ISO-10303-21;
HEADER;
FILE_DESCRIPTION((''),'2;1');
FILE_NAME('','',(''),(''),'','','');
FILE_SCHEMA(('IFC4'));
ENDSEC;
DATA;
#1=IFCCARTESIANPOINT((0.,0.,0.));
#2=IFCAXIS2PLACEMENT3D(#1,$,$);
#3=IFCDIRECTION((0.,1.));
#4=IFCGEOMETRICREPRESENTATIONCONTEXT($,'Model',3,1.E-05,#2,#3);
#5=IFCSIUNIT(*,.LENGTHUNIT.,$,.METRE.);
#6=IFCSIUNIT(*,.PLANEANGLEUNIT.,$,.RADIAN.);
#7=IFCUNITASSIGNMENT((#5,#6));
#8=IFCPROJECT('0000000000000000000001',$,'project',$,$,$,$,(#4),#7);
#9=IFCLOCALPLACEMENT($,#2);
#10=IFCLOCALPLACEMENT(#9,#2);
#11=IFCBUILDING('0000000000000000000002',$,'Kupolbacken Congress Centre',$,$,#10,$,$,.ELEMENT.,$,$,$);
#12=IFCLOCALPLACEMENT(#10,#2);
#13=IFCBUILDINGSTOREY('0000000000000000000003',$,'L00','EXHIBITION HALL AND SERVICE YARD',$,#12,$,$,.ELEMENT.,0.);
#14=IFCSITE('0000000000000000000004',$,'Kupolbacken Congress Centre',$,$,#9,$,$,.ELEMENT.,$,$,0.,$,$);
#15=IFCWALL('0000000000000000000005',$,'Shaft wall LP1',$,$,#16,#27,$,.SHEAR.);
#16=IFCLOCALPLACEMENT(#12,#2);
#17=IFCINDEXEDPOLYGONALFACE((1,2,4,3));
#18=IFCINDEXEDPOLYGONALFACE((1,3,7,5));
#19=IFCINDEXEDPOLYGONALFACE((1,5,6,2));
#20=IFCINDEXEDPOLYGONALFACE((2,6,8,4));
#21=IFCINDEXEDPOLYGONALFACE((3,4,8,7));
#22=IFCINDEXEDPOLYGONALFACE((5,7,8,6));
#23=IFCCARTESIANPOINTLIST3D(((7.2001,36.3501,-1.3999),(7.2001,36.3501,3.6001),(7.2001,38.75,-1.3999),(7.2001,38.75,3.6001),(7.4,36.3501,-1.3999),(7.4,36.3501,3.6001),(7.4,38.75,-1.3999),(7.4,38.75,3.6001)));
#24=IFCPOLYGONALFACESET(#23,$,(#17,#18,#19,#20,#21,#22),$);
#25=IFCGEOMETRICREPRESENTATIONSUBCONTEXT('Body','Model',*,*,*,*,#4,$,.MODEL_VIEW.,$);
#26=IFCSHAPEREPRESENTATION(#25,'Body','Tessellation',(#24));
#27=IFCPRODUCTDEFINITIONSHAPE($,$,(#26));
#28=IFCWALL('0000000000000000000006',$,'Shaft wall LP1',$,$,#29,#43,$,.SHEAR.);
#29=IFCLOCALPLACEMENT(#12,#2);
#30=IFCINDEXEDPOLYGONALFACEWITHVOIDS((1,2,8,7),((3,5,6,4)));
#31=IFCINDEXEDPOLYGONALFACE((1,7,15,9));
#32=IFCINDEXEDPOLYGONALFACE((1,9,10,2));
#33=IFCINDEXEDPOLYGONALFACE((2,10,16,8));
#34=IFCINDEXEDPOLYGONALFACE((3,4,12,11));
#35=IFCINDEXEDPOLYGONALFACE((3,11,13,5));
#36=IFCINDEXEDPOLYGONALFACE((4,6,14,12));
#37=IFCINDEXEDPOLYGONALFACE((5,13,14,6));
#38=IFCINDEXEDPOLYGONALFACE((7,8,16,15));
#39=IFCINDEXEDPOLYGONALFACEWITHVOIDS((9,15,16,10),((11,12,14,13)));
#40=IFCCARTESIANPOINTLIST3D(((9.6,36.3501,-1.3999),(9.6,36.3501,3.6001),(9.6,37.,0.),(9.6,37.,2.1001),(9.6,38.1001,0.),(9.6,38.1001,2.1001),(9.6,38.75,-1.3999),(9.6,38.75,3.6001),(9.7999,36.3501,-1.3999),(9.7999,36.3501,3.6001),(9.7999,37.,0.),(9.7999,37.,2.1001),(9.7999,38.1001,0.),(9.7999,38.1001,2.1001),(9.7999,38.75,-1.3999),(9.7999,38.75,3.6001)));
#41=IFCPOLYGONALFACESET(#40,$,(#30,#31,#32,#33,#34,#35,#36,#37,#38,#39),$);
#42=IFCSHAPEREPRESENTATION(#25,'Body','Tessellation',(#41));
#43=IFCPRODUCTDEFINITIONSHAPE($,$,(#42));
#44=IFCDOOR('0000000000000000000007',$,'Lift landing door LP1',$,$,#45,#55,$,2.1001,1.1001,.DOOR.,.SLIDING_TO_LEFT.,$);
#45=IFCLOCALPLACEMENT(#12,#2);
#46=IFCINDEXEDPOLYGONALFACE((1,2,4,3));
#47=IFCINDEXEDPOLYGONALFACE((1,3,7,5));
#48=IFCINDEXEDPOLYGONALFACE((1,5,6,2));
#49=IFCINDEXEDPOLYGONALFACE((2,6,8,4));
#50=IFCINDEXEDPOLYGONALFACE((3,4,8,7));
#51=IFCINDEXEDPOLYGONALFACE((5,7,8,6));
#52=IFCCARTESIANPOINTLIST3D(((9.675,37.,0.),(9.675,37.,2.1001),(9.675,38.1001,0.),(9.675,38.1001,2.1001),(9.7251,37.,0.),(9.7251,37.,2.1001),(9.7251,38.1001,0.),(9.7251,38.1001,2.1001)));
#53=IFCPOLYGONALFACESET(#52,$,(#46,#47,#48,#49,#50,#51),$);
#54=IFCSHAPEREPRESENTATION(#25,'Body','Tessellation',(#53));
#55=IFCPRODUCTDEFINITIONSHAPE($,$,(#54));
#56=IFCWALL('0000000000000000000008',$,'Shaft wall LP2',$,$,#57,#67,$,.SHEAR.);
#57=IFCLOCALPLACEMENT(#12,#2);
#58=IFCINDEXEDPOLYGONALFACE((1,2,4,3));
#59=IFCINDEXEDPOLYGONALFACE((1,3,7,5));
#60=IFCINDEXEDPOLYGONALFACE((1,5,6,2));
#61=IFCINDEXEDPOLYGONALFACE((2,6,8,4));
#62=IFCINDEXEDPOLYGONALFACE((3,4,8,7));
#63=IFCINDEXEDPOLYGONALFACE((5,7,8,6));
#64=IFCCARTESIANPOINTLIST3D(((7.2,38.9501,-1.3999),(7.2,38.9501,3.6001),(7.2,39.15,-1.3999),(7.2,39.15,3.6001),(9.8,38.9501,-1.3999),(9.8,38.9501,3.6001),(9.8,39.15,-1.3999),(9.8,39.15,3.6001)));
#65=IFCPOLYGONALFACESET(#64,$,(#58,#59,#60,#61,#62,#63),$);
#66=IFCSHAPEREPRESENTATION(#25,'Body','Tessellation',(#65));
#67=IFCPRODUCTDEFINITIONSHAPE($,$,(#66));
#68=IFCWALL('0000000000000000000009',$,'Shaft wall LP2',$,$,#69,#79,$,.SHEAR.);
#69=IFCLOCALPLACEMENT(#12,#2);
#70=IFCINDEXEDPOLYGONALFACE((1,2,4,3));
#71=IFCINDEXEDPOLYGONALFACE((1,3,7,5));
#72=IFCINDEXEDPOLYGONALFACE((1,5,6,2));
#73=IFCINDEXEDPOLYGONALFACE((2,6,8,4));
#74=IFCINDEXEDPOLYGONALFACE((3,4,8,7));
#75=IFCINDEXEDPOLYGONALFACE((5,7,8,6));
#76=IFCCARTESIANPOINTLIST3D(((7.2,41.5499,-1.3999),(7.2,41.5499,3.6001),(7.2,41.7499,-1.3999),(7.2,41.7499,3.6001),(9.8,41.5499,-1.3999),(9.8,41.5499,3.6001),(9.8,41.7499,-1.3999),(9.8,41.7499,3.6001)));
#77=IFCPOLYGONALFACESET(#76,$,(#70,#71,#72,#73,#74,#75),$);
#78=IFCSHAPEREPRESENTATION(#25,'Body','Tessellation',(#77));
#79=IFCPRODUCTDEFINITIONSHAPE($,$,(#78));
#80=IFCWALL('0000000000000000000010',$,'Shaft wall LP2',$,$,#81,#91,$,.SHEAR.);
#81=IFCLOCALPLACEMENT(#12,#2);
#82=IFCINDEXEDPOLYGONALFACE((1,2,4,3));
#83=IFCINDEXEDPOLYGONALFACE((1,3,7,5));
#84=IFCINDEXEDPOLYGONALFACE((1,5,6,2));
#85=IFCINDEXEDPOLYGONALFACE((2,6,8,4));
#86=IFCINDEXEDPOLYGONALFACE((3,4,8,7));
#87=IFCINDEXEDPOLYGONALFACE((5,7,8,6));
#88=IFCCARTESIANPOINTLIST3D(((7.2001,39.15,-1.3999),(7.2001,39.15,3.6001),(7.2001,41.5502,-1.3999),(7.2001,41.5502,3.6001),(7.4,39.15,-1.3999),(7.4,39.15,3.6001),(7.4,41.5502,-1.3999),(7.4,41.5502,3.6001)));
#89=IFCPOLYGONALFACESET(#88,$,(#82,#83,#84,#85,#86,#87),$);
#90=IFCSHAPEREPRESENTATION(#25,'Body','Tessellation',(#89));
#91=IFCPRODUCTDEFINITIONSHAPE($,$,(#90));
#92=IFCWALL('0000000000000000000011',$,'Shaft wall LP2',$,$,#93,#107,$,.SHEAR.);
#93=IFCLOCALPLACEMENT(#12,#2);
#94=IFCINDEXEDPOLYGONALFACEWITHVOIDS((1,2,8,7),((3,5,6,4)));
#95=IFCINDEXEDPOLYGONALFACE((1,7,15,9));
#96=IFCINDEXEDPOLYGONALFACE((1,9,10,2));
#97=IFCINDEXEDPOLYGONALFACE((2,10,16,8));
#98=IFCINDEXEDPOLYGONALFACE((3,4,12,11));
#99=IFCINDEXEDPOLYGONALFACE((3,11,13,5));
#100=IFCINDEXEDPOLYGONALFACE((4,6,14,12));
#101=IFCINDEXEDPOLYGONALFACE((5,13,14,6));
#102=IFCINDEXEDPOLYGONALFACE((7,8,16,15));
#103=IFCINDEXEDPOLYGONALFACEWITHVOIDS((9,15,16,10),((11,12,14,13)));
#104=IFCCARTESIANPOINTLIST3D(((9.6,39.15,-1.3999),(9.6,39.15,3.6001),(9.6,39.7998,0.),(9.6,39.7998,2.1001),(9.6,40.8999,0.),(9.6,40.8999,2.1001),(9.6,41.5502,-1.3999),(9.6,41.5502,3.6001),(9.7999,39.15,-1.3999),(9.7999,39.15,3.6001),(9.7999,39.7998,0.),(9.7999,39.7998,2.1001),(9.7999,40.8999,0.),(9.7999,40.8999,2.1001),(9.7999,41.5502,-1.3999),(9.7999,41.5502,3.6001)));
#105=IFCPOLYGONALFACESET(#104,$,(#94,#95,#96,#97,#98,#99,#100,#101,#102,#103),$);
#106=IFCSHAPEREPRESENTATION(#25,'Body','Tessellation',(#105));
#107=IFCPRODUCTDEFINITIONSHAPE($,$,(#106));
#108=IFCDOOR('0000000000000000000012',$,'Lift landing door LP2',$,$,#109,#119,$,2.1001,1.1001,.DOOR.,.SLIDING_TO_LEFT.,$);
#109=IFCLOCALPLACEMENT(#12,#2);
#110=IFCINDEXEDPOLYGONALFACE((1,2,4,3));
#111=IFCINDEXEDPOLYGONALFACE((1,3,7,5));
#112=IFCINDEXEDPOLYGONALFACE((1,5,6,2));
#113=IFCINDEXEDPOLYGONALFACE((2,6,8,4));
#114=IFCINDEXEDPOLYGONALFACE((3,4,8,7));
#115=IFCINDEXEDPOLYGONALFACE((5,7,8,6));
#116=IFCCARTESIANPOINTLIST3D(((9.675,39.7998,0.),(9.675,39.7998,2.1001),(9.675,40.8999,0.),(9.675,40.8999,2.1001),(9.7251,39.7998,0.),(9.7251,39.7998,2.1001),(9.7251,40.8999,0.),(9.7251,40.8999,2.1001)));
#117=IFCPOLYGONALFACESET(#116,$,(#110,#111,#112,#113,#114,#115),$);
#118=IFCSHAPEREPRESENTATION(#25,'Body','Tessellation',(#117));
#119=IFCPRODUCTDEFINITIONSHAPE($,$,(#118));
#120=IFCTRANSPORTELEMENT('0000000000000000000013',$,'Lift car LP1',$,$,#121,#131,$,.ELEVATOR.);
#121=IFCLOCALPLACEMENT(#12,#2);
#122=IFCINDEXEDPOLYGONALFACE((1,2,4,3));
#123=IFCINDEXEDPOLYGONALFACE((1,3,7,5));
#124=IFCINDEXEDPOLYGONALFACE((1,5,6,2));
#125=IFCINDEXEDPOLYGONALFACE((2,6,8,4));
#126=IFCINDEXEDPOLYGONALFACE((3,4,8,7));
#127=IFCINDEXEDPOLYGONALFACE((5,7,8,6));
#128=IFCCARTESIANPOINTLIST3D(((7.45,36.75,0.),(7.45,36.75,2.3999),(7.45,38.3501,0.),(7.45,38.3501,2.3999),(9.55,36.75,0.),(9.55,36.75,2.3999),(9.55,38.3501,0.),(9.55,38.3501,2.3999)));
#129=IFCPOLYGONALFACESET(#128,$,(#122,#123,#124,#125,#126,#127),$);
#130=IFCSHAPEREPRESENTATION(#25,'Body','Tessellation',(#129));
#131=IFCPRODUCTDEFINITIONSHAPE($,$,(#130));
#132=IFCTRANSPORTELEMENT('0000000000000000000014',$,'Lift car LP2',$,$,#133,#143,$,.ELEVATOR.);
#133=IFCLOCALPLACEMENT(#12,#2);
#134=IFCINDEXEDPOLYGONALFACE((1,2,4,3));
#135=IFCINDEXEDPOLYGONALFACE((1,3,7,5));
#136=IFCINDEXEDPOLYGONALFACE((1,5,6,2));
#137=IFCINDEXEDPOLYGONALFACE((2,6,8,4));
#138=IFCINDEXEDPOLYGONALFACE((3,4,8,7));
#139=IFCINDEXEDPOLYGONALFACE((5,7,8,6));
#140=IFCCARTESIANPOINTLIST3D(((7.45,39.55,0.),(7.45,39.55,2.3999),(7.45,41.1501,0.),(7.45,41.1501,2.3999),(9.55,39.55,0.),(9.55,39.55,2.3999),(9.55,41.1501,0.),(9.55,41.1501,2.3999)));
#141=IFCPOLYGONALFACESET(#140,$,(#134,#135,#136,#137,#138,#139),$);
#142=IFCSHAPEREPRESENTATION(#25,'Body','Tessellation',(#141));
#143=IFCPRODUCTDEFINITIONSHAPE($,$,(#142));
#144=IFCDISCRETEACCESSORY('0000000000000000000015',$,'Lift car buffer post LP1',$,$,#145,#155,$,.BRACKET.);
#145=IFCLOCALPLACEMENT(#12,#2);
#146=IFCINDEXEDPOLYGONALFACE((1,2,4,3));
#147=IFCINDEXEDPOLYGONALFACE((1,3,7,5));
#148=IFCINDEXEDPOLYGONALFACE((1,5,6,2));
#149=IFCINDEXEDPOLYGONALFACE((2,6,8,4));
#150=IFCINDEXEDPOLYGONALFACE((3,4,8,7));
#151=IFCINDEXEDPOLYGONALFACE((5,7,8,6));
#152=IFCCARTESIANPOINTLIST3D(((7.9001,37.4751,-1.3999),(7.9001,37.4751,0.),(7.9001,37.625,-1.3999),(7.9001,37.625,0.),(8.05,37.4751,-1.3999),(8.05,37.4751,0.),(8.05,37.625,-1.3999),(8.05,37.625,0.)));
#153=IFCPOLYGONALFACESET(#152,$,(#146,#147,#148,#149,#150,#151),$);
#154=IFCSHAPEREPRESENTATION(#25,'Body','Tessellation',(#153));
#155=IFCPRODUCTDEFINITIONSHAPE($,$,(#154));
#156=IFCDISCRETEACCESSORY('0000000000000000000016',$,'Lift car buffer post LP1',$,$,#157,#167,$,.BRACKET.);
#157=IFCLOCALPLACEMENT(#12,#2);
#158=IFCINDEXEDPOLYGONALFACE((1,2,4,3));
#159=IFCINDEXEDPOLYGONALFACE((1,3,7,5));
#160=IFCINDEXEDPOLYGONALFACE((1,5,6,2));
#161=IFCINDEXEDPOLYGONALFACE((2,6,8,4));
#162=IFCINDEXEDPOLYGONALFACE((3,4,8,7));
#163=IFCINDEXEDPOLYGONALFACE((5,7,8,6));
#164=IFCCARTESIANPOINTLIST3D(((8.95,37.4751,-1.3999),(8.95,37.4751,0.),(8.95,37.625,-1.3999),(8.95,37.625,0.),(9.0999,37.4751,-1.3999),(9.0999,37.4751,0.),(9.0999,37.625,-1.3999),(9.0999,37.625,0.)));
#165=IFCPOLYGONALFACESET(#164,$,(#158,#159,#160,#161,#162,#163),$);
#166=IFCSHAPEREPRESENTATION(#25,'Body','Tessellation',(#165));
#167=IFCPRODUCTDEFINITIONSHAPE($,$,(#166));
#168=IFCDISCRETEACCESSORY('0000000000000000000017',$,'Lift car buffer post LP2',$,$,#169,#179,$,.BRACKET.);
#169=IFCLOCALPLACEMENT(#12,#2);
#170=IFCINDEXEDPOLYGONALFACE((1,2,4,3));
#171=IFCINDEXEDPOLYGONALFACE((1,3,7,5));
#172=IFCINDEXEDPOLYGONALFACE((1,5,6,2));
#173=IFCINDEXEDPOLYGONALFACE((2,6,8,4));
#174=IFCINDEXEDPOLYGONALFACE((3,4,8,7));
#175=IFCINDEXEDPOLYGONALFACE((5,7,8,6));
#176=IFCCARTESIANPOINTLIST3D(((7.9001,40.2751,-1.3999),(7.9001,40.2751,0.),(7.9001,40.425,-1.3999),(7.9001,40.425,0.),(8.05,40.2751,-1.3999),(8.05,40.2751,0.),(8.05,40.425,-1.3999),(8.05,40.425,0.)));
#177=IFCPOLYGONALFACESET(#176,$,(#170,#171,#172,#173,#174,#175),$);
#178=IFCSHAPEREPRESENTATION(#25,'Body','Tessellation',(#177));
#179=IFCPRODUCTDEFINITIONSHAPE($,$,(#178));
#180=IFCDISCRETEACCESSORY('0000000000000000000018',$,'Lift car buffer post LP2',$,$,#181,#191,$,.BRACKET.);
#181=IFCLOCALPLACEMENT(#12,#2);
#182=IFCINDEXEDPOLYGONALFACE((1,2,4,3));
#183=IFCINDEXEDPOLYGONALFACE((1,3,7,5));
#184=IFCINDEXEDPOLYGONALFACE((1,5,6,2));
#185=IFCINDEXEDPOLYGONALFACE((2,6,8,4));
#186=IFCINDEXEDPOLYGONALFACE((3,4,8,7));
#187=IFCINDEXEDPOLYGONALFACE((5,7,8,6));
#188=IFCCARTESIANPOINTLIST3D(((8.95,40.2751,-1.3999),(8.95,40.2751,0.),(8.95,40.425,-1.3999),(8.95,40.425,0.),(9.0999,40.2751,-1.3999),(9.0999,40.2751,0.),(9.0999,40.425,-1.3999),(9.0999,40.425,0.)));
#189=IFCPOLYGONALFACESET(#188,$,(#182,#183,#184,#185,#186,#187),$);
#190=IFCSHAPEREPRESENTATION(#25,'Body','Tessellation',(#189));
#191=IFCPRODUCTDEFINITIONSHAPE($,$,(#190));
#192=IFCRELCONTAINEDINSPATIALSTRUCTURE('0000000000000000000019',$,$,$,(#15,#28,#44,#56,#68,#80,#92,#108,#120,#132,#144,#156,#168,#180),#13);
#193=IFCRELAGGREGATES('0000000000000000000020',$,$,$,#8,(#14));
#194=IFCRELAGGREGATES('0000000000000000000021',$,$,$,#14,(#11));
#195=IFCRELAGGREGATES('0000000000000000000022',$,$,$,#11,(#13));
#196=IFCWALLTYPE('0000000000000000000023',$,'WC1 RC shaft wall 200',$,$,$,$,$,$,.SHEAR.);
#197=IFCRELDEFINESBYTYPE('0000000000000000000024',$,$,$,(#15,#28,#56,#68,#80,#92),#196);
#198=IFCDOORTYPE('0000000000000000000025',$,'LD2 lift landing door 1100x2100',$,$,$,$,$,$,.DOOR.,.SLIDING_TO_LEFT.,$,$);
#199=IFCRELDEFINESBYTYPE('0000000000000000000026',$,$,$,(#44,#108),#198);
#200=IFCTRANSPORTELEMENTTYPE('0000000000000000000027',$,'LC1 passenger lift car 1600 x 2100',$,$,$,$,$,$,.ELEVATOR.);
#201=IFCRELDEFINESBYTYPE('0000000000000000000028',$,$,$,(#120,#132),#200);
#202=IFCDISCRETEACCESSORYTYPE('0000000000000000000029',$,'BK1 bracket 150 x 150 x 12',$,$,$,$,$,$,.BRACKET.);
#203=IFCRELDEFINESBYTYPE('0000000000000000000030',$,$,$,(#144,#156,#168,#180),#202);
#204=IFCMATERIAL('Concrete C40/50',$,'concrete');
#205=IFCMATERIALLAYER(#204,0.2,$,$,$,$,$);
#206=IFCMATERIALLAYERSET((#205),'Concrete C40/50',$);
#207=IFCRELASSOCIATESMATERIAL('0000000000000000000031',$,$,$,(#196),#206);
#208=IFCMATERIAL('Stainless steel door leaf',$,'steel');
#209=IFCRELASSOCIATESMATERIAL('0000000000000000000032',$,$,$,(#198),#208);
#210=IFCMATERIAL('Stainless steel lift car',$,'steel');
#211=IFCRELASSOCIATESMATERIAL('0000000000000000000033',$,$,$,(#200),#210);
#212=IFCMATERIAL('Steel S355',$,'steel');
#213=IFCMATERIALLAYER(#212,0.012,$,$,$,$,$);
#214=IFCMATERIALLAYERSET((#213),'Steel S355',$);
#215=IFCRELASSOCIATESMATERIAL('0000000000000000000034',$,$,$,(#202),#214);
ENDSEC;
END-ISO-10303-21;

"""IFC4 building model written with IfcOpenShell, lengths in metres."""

from ifc_helpers import new_model, si_unit, direction, frame, frame_2d, origin, origin_2d, place, context, subcontext, project, spatial, rectangle, extrude, material, layer, layer_set, type_object, element, fill, save


model = new_model("IFC4")

# Units and contexts
model_context = context("Model", 3, precision=1e-05, world=origin(), true_north=direction((0.0, 1.0)))
body_context = subcontext(model_context, "Body", "Model", "MODEL_VIEW")
ifc_project = project(units=[si_unit("LENGTHUNIT", "METRE"), si_unit("PLANEANGLEUNIT", "RADIAN")], contexts=[model_context])

# Site, building, storey
site_placement = place(None, origin())
site = spatial("IfcSite", under=ifc_project, at=site_placement, Name="Kupolbacken Congress Centre", CompositionType="ELEMENT", RefElevation=0.0)
building_placement = place(site_placement, origin())
building = spatial("IfcBuilding", under=site, at=building_placement, Name="Kupolbacken Congress Centre", CompositionType="ELEMENT")
storey_placement = place(building_placement, origin())
storey = spatial("IfcBuildingStorey", under=building, at=storey_placement, Name="L00", Description="EXHIBITION HALL AND SERVICE YARD", CompositionType="ELEMENT", Elevation=0.0)

# Wall
ifc_material_1 = material(Name="Concrete C40/50", Category="concrete")
ifc_layer_1 = layer(ifc_material_1, 0.2)
ifc_layer_set_1 = layer_set([ifc_layer_1], Name="Concrete C40/50")
wall_type_1 = type_object("IfcWallType", Name="WC1 RC shaft wall 200", PredefinedType="SHEAR", material=ifc_layer_set_1)
wall_1_placement = place(storey_placement, frame((7.3, 36.3501, -1.3999), z_axis=(0.0, 0.0, 1.0), x_axis=(0.0, 1.0, 0.0)))
element("IfcWall", 1, at=wall_1_placement, inside=storey, type_object=wall_type_1, Name="Shaft wall LP1", PredefinedType="SHEAR", context=body_context, shape_type="SweptSolid", body=[
    extrude(rectangle(XDim=2.3999, YDim=0.2, at=frame_2d((1.2, 0.0))), origin(), (0.0, 0.0, 1.0), 5.0),
])

# Wall, opening, door
wall_2_placement = place(storey_placement, frame((9.7, 36.3501, -1.3999), z_axis=(0.0, 0.0, 1.0), x_axis=(0.0, 1.0, 0.0)))
wall_2 = element("IfcWall", 2, at=wall_2_placement, inside=storey, type_object=wall_type_1, Name="Shaft wall LP1", PredefinedType="SHEAR", context=body_context, shape_type="SweptSolid", body=[
    extrude(rectangle(XDim=2.3999, YDim=0.2, at=frame_2d((1.2, 0.0))), origin(), (0.0, 0.0, 1.0), 5.0),
])
opening_1_placement = place(wall_2_placement, frame((0.6499, 0.0, 1.3999)))
opening_1 = element("IfcOpeningElement", 3, at=opening_1_placement, cuts=wall_2, PredefinedType="OPENING", context=body_context, shape_type="SweptSolid", body=[
    extrude(rectangle(XDim=1.1001, YDim=2.1001, at=frame_2d((0.55, 1.05))), frame((0.0, 0.1099, 0.0), z_axis=(0.0, -1.0, 0.0), x_axis=(1.0, 0.0, 0.0)), (0.0, 0.0, 1.0), 0.22),
])
ifc_material_2 = material(Name="Stainless steel door leaf", Category="steel")
door_type_1 = type_object("IfcDoorType", Name="LD2 lift landing door 1100x2100", OperationType="SLIDING_TO_LEFT", PredefinedType="DOOR", material=ifc_material_2)
door_1_placement = place(opening_1_placement, origin())
door_1 = element("IfcDoor", 4, at=door_1_placement, inside=storey, type_object=door_type_1, Name="Lift landing door LP1", OperationType="SLIDING_TO_LEFT", OverallHeight=2.1001, OverallWidth=1.1001, PredefinedType="DOOR", context=body_context, shape_type="SweptSolid", body=[
    extrude(rectangle(XDim=1.1001, YDim=2.1001, at=frame_2d((0.55, 1.05))), frame((0.0, 0.0249, 0.0), z_axis=(0.0, -1.0, 0.0), x_axis=(1.0, 0.0, 0.0)), (0.0, 0.0, 1.0), 0.05),
])
fill(opening_1, door_1)

# Walls
for number, where, z_axis, x_axis, name in (
    (5, (7.2, 39.05, -1.3999), (0.0, 0.0, 1.0), (1.0, 0.0, 0.0), "Shaft wall LP2"),
    (6, (7.2, 41.6499, -1.3999), (0.0, 0.0, 1.0), (1.0, 0.0, 0.0), "Shaft wall LP2"),
):
    element("IfcWall", number, at=place(storey_placement, frame(where, z_axis=z_axis, x_axis=x_axis)), inside=storey, type_object=wall_type_1, Name=name, PredefinedType="SHEAR", context=body_context, shape_type="SweptSolid", body=[
        extrude(rectangle(XDim=2.6001, YDim=0.2, at=frame_2d((1.3, 0.0))), origin(), (0.0, 0.0, 1.0), 5.0),
    ])
wall_3_placement = place(storey_placement, frame((7.3, 39.1499, -1.3999), z_axis=(0.0, 0.0, 1.0), x_axis=(0.0, 1.0, 0.0)))
element("IfcWall", 7, at=wall_3_placement, inside=storey, type_object=wall_type_1, Name="Shaft wall LP2", PredefinedType="SHEAR", context=body_context, shape_type="SweptSolid", body=[
    extrude(rectangle(XDim=2.4001, YDim=0.2, at=frame_2d((1.2002, 0.0))), origin(), (0.0, 0.0, 1.0), 5.0),
])

# Wall, opening, door
wall_4_placement = place(storey_placement, frame((9.7, 39.1499, -1.3999), z_axis=(0.0, 0.0, 1.0), x_axis=(0.0, 1.0, 0.0)))
wall_4 = element("IfcWall", 8, at=wall_4_placement, inside=storey, type_object=wall_type_1, Name="Shaft wall LP2", PredefinedType="SHEAR", context=body_context, shape_type="SweptSolid", body=[
    extrude(rectangle(XDim=2.4001, YDim=0.2, at=frame_2d((1.2002, 0.0))), origin(), (0.0, 0.0, 1.0), 5.0),
])
opening_2_placement = place(wall_4_placement, frame((0.6499, 0.0, 1.3999)))
opening_2 = element("IfcOpeningElement", 9, at=opening_2_placement, cuts=wall_4, PredefinedType="OPENING", context=body_context, shape_type="SweptSolid", body=[
    extrude(rectangle(XDim=1.1001, YDim=2.1001, at=frame_2d((0.55, 1.05))), frame((0.0, 0.1099, 0.0), z_axis=(0.0, -1.0, 0.0), x_axis=(1.0, 0.0, 0.0)), (0.0, 0.0, 1.0), 0.22),
])
door_2_placement = place(opening_2_placement, origin())
door_2 = element("IfcDoor", 10, at=door_2_placement, inside=storey, type_object=door_type_1, Name="Lift landing door LP2", OperationType="SLIDING_TO_LEFT", OverallHeight=2.1001, OverallWidth=1.1001, PredefinedType="DOOR", context=body_context, shape_type="SweptSolid", body=[
    extrude(rectangle(XDim=1.1001, YDim=2.1001, at=frame_2d((0.55, 1.05))), frame((0.0, 0.0249, 0.0), z_axis=(0.0, -1.0, 0.0), x_axis=(1.0, 0.0, 0.0)), (0.0, 0.0, 1.0), 0.05),
])
fill(opening_2, door_2)

# Transport elements
ifc_material_3 = material(Name="Stainless steel lift car", Category="steel")
transport_element_type = type_object("IfcTransportElementType", Name="LC1 passenger lift car 1600 x 2100", PredefinedType="ELEVATOR", material=ifc_material_3)
for number, where, z_axis, x_axis, name in (
    (11, (8.5, 37.55, 0.0), (0.0, 0.0, 1.0), (1.0, 0.0, 0.0), "Lift car LP1"),
    (12, (8.5, 40.3501, 0.0), (0.0, 0.0, 1.0), (1.0, 0.0, 0.0), "Lift car LP2"),
):
    element("IfcTransportElement", number, at=place(storey_placement, frame(where, z_axis=z_axis, x_axis=x_axis)), inside=storey, type_object=transport_element_type, Name=name, PredefinedType="ELEVATOR", context=body_context, shape_type="SweptSolid", body=[
        extrude(rectangle(XDim=2.1001, YDim=1.6001, at=origin_2d()), origin(), (0.0, 0.0, 1.0), 2.3999),
    ])

# Discrete accessories
ifc_material_4 = material(Name="Steel S355", Category="steel")
ifc_layer_2 = layer(ifc_material_4, 0.012)
ifc_layer_set_2 = layer_set([ifc_layer_2], Name="Steel S355")
discrete_accessory_type = type_object("IfcDiscreteAccessoryType", Name="BK1 bracket 150 x 150 x 12", PredefinedType="BRACKET", material=ifc_layer_set_2)
for number, where, z_axis, x_axis, name in (
    (13, (7.9751, 37.55, -1.3999), (0.0, 0.0, 1.0), (1.0, 0.0, 0.0), "Lift car buffer post LP1"),
    (14, (9.0249, 37.55, -1.3999), (0.0, 0.0, 1.0), (1.0, 0.0, 0.0), "Lift car buffer post LP1"),
    (15, (7.9751, 40.3501, -1.3999), (0.0, 0.0, 1.0), (1.0, 0.0, 0.0), "Lift car buffer post LP2"),
    (16, (9.0249, 40.3501, -1.3999), (0.0, 0.0, 1.0), (1.0, 0.0, 0.0), "Lift car buffer post LP2"),
):
    element("IfcDiscreteAccessory", number, at=place(storey_placement, frame(where, z_axis=z_axis, x_axis=x_axis)), inside=storey, type_object=discrete_accessory_type, Name=name, PredefinedType="BRACKET", context=body_context, shape_type="SweptSolid", body=[
        extrude(rectangle(XDim=0.1499, YDim=0.1499, at=origin_2d()), origin(), (0.0, 0.0, 1.0), 1.3999),
    ])

save(model, "model.ifc")
